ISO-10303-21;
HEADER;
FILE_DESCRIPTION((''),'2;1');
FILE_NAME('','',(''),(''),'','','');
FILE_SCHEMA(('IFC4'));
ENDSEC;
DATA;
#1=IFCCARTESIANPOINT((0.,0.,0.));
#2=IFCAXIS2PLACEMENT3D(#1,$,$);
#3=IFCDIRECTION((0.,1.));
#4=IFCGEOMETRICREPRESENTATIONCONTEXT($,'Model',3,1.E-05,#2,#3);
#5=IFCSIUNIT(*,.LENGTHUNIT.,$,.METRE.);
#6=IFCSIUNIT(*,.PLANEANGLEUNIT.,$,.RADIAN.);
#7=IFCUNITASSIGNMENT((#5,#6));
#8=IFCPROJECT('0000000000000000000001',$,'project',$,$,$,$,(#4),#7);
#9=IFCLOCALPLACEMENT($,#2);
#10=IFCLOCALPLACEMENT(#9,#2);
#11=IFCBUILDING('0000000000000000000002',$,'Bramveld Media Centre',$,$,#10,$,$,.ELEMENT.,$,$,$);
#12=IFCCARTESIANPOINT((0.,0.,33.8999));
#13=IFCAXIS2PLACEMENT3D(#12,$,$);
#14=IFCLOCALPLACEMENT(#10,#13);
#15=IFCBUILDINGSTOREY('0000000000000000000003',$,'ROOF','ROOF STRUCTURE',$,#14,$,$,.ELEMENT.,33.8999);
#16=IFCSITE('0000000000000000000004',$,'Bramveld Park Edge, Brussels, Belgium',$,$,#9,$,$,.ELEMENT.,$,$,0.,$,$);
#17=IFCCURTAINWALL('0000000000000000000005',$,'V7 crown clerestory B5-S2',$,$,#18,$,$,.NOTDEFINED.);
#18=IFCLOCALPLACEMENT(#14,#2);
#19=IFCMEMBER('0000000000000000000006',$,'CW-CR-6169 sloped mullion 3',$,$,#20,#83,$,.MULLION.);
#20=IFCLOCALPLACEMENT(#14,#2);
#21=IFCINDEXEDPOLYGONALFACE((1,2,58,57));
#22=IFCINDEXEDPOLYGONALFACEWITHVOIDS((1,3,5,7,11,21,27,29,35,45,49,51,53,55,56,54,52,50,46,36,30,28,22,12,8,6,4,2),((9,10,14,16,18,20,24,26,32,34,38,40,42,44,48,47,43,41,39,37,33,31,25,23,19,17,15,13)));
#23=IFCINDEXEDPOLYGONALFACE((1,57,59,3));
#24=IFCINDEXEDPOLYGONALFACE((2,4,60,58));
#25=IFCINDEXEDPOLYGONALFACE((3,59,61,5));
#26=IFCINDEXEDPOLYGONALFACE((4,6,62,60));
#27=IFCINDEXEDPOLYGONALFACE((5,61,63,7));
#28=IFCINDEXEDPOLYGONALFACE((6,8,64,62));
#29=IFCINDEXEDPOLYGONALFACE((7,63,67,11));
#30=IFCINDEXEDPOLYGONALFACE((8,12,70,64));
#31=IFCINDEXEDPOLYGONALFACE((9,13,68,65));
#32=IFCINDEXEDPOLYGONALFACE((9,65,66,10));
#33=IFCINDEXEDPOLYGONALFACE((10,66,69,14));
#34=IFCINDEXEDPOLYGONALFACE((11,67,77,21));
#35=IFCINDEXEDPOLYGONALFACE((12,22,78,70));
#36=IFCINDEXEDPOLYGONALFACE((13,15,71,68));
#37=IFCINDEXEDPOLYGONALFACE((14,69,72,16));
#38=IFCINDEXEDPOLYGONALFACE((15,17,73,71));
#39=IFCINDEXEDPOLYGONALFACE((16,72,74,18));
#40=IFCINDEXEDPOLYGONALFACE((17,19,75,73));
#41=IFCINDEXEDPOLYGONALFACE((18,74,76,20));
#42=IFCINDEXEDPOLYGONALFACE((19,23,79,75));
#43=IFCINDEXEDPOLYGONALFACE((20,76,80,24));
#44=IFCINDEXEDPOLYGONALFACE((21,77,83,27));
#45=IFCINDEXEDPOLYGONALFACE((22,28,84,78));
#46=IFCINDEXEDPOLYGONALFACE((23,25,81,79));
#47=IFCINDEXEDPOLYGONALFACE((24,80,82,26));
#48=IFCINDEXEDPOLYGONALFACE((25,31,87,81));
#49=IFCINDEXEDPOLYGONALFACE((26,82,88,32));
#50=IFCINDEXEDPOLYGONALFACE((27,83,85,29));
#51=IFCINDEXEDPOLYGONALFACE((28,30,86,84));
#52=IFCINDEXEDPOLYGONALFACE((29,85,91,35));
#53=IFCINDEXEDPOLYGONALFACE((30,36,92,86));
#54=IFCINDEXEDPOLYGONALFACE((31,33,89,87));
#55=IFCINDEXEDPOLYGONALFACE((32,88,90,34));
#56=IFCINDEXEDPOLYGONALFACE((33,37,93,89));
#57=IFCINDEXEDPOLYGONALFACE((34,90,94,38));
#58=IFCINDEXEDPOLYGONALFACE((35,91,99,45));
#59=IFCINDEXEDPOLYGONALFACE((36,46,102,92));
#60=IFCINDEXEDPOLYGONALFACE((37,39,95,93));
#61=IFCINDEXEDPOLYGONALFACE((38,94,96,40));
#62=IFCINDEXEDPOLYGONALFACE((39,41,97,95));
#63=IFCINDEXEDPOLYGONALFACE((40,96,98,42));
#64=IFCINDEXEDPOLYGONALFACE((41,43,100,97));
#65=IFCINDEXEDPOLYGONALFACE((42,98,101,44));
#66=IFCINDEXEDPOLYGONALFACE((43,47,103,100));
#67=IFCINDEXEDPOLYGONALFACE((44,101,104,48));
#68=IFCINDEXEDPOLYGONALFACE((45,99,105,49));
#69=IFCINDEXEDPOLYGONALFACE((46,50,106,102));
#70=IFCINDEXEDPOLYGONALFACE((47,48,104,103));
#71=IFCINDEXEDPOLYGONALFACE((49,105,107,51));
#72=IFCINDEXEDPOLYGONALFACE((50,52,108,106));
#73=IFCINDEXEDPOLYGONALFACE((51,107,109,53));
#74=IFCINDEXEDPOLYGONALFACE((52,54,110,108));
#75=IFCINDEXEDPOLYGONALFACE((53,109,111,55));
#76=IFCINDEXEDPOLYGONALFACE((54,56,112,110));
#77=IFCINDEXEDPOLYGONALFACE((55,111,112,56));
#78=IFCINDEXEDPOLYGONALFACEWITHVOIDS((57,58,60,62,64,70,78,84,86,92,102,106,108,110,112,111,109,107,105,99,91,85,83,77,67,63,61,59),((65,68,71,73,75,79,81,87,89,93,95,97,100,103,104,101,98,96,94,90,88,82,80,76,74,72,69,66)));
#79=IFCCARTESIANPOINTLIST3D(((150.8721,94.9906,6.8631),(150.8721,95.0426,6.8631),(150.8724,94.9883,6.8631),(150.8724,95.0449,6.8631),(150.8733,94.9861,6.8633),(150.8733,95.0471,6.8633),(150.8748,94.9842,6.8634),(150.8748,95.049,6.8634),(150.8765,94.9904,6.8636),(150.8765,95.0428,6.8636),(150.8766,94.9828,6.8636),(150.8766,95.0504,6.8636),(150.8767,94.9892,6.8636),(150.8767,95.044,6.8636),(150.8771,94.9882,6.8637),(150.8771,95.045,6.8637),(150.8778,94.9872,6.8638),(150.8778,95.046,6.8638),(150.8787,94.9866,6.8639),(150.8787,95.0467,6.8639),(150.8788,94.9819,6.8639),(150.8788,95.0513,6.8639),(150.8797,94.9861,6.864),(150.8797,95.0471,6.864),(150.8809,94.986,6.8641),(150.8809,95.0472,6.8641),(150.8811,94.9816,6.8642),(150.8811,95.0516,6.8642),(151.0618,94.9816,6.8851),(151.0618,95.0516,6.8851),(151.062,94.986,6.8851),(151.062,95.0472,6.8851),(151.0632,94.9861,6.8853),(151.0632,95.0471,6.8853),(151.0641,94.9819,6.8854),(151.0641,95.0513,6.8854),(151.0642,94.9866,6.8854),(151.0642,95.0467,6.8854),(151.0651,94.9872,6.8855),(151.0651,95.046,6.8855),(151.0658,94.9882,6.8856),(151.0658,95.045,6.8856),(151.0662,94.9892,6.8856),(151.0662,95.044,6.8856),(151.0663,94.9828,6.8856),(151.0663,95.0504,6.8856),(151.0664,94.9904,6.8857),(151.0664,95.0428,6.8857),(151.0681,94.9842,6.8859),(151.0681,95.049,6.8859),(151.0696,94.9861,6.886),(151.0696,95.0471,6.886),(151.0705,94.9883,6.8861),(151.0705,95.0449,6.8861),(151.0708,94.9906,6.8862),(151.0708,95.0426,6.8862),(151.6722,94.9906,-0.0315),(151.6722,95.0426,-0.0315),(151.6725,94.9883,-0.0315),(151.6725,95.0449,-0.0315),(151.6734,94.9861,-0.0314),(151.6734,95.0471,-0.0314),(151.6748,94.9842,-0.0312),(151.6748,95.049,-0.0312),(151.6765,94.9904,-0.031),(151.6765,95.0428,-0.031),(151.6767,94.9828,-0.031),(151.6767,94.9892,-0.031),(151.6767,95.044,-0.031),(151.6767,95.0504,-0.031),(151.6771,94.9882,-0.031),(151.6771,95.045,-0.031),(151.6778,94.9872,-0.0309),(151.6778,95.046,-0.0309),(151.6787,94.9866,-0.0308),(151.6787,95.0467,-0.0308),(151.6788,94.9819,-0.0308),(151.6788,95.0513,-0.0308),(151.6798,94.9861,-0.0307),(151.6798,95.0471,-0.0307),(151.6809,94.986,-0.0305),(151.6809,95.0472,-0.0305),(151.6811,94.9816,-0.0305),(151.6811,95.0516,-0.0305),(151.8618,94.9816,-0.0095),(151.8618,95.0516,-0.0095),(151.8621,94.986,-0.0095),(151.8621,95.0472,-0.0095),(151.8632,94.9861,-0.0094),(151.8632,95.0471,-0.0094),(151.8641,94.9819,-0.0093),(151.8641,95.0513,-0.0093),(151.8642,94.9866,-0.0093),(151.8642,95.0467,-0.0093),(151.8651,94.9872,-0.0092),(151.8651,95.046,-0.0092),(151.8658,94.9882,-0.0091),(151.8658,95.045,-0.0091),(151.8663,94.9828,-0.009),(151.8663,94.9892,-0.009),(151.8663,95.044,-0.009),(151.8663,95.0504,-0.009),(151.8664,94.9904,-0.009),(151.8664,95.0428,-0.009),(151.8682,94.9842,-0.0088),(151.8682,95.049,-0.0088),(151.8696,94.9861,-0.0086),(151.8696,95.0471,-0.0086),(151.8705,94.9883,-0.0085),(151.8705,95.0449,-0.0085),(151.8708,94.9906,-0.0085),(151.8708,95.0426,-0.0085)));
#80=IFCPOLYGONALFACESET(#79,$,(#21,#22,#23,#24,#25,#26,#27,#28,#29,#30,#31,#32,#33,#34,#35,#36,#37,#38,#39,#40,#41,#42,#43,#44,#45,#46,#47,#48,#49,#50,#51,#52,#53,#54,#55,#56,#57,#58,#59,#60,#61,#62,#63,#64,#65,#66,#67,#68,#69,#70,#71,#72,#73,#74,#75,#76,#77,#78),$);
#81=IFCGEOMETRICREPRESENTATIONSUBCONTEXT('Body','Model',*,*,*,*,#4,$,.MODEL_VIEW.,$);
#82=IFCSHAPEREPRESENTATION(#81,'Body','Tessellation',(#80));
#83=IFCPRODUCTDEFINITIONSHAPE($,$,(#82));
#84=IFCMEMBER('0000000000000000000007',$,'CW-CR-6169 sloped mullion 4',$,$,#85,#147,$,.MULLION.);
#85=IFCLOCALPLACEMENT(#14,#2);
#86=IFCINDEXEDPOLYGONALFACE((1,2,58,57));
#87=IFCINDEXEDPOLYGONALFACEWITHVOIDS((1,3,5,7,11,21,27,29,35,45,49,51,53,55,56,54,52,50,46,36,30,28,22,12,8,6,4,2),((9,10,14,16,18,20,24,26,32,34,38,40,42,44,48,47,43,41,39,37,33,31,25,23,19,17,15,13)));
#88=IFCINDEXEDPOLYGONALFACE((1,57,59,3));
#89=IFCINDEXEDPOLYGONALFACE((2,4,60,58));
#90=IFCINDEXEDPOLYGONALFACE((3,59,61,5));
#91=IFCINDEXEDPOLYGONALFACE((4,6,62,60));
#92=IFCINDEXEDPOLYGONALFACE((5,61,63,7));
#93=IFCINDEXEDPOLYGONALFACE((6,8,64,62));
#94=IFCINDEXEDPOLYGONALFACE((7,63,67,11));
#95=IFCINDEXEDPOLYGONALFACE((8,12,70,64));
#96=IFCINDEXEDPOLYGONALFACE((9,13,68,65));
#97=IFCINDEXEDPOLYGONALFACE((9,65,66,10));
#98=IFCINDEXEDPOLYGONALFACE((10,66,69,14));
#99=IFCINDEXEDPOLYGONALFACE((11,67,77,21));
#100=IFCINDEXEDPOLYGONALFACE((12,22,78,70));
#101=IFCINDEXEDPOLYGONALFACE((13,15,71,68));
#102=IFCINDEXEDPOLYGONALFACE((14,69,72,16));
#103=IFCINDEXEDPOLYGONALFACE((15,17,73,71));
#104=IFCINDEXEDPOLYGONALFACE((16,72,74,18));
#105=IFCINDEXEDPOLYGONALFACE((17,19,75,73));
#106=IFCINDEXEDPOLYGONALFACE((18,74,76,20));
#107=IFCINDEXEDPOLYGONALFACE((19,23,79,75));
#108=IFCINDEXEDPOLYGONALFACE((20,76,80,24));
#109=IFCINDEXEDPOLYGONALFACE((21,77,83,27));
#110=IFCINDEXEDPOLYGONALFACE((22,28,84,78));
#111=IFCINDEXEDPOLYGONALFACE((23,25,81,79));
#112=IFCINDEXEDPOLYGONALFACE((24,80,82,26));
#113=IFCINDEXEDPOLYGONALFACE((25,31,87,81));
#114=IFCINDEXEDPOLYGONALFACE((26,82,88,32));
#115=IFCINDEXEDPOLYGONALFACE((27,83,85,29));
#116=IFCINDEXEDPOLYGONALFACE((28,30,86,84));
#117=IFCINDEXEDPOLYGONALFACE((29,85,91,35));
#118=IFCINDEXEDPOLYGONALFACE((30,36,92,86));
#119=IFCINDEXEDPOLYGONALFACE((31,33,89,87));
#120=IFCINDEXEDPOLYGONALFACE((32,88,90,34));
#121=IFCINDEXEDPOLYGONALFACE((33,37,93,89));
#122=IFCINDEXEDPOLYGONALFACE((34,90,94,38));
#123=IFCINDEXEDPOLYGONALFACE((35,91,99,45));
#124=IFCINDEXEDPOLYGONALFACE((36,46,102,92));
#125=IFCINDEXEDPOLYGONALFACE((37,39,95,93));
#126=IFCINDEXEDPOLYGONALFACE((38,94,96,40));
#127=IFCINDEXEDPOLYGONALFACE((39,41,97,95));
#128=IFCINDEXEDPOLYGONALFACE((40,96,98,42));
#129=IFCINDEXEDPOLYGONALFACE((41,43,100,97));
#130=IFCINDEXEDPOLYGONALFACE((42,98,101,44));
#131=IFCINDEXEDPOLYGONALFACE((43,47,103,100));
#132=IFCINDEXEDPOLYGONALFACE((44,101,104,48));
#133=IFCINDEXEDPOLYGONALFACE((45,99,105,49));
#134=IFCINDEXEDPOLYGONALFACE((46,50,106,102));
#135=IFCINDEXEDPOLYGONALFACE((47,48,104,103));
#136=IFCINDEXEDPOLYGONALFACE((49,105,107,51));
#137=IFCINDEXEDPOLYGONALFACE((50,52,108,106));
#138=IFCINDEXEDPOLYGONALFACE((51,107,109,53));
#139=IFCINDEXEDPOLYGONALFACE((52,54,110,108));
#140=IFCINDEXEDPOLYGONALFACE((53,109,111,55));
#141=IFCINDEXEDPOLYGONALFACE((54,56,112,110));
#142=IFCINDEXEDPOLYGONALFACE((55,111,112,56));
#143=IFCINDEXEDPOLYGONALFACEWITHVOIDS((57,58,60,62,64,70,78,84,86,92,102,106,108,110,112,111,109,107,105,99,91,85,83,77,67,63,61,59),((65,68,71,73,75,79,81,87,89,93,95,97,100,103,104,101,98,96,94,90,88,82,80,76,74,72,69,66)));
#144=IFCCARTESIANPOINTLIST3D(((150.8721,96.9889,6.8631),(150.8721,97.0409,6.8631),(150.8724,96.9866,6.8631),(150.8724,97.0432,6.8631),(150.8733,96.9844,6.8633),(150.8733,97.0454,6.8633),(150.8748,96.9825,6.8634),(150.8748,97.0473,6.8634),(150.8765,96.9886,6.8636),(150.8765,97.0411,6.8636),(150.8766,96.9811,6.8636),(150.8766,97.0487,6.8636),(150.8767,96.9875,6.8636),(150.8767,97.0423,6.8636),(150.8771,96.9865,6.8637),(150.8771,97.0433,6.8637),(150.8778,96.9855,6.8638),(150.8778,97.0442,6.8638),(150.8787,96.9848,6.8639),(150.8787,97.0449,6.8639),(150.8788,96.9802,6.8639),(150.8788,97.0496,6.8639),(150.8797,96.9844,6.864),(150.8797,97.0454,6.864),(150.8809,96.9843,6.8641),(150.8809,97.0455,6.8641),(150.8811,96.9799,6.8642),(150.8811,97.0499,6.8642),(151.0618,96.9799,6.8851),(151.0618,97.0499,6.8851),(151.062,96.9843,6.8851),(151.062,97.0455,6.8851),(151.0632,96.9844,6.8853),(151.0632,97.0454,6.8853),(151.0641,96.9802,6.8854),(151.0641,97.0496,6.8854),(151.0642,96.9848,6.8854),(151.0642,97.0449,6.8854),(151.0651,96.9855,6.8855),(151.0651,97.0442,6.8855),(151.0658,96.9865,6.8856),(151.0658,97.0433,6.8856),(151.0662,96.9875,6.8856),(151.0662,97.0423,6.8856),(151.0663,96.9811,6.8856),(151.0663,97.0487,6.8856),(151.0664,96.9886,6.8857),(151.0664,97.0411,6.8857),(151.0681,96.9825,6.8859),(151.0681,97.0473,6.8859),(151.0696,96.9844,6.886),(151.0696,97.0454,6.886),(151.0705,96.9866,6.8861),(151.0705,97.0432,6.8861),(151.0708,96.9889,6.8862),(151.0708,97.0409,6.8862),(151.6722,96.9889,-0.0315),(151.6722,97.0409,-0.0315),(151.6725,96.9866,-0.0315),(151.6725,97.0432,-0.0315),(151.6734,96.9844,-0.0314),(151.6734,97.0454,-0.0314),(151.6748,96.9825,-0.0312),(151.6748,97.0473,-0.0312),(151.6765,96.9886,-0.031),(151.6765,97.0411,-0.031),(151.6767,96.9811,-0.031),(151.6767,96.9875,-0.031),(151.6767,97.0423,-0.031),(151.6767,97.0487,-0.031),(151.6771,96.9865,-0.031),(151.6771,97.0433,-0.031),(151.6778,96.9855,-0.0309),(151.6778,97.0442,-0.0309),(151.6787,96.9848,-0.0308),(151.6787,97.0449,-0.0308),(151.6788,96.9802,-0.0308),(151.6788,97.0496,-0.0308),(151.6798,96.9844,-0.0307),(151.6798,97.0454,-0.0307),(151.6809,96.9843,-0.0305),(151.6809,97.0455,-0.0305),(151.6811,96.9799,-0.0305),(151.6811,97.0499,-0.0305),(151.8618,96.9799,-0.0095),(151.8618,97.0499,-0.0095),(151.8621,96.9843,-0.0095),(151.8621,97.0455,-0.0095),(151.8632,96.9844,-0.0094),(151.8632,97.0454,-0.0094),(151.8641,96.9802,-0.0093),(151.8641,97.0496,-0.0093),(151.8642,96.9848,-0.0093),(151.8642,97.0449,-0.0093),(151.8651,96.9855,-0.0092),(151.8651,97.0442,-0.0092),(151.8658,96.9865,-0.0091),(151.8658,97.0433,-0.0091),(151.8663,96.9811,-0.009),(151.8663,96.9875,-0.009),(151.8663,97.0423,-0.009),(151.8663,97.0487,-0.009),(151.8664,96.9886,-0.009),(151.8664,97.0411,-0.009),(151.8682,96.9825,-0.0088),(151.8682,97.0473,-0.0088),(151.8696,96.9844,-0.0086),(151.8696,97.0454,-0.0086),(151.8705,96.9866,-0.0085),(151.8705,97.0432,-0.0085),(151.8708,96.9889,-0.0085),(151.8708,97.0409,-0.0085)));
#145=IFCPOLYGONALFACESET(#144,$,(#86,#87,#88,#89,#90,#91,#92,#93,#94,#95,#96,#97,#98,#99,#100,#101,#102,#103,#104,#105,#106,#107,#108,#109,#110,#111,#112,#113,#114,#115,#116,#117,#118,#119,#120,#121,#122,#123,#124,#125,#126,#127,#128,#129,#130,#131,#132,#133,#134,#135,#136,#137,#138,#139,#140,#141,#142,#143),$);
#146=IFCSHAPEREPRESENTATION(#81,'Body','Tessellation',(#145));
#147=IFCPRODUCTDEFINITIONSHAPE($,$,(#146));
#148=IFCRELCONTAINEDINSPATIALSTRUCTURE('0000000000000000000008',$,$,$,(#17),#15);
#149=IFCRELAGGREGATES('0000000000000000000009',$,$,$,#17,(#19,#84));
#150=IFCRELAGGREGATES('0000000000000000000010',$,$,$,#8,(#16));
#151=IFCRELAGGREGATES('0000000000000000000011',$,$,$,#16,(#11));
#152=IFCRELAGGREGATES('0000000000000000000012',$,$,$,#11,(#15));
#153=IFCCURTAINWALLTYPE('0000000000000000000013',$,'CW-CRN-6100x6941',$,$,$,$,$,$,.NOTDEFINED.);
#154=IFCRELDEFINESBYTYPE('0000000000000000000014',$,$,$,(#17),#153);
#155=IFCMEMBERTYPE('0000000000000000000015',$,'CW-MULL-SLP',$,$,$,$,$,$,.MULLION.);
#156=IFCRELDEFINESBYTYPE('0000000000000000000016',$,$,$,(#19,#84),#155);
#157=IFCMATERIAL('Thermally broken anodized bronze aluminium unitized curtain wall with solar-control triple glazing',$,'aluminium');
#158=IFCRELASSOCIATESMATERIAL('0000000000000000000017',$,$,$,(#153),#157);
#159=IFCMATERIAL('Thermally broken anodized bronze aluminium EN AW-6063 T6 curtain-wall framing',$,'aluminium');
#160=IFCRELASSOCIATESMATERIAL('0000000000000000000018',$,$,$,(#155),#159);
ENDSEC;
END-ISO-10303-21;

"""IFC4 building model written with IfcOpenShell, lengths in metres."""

from ifc_helpers import new_model, si_unit, direction, frame, origin, origin_2d, place, context, subcontext, project, spatial, hollow_rectangle, extrude, material, material_profile, profile_set, type_object, element, aggregate, save


model = new_model("IFC4")

# Units and contexts
model_context = context("Model", 3, precision=1e-05, world=origin(), true_north=direction((0.0, 1.0)))
body_context = subcontext(model_context, "Body", "Model", "MODEL_VIEW")
ifc_project = project(units=[si_unit("LENGTHUNIT", "METRE"), si_unit("PLANEANGLEUNIT", "RADIAN")], contexts=[model_context])

# Site, building, storey
site_placement = place(None, origin())
site = spatial("IfcSite", under=ifc_project, at=site_placement, Name="Bramveld Park Edge, Brussels, Belgium", CompositionType="ELEMENT", RefElevation=0.0)
building_placement = place(site_placement, origin())
building = spatial("IfcBuilding", under=site, at=building_placement, Name="Bramveld Media Centre", CompositionType="ELEMENT")
storey_placement = place(building_placement, frame((0.0, 0.0, 33.8999)))
storey = spatial("IfcBuildingStorey", under=building, at=storey_placement, Name="ROOF", Description="ROOF STRUCTURE", CompositionType="ELEMENT", Elevation=33.8999)

# Curtain wall, members
ifc_material_1 = material(Name="Thermally broken anodized bronze aluminium unitized curtain wall with solar-control triple glazing", Category="aluminium")
curtain_wall_type = type_object("IfcCurtainWallType", Name="CW-CRN-6100x6941", PredefinedType="NOTDEFINED", material=ifc_material_1)
ifc_material_2 = material(Name="Thermally broken anodized bronze aluminium EN AW-6063 T6 curtain-wall framing", Category="aluminium")
ifc_material_profile_1 = material_profile(ifc_material_2, hollow_rectangle(XDim=0.0701, YDim=0.2, WallThickness=0.0044, InnerFilletRadius=0.0044, OuterFilletRadius=0.009, at=origin_2d()), Name="AL-MULL 70x200")
ifc_profile_set_1 = profile_set([ifc_material_profile_1], Name="Thermally broken anodized bronze aluminium EN AW-6063 T6 curtain-wall framing")
member_type_1 = type_object("IfcMemberType", Name="CW-MULL-SLP", PredefinedType="MULLION", material=ifc_profile_set_1)
curtain_wall_1_placement = place(storey_placement, origin())
curtain_wall_1 = element("IfcCurtainWall", 1, at=curtain_wall_1_placement, inside=storey, type_object=curtain_wall_type, Name="V7 crown clerestory B5-S2", PredefinedType="NOTDEFINED")
member_1_placement = place(storey_placement, frame((151.7715, 95.0166, -0.02), z_axis=(-0.115264, 0.0, 0.993335), x_axis=(0.0, -1.0, 0.0)))
member_1 = element("IfcMember", 2, at=member_1_placement, type_object=member_type_1, Name="CW-CR-6169 sloped mullion 3", PredefinedType="MULLION", context=body_context, shape_type="SweptSolid", body=[
    extrude(hollow_rectangle(XDim=0.0701, YDim=0.2, WallThickness=0.0044, InnerFilletRadius=0.0044, OuterFilletRadius=0.009, at=origin_2d()), origin(), (0.0, 0.0, 1.0), 6.9409),
])
member_2_placement = place(storey_placement, frame((151.7715, 97.0149, -0.02), z_axis=(-0.115264, 0.0, 0.993335), x_axis=(0.0, -1.0, 0.0)))
member_2 = element("IfcMember", 3, at=member_2_placement, type_object=member_type_1, Name="CW-CR-6169 sloped mullion 4", PredefinedType="MULLION", context=body_context, shape_type="SweptSolid", body=[
    extrude(hollow_rectangle(XDim=0.0701, YDim=0.2, WallThickness=0.0044, InnerFilletRadius=0.0044, OuterFilletRadius=0.009, at=origin_2d()), origin(), (0.0, 0.0, 1.0), 6.9409),
])

aggregate(curtain_wall_1, [member_1, member_2])

save(model, "model.ifc")
